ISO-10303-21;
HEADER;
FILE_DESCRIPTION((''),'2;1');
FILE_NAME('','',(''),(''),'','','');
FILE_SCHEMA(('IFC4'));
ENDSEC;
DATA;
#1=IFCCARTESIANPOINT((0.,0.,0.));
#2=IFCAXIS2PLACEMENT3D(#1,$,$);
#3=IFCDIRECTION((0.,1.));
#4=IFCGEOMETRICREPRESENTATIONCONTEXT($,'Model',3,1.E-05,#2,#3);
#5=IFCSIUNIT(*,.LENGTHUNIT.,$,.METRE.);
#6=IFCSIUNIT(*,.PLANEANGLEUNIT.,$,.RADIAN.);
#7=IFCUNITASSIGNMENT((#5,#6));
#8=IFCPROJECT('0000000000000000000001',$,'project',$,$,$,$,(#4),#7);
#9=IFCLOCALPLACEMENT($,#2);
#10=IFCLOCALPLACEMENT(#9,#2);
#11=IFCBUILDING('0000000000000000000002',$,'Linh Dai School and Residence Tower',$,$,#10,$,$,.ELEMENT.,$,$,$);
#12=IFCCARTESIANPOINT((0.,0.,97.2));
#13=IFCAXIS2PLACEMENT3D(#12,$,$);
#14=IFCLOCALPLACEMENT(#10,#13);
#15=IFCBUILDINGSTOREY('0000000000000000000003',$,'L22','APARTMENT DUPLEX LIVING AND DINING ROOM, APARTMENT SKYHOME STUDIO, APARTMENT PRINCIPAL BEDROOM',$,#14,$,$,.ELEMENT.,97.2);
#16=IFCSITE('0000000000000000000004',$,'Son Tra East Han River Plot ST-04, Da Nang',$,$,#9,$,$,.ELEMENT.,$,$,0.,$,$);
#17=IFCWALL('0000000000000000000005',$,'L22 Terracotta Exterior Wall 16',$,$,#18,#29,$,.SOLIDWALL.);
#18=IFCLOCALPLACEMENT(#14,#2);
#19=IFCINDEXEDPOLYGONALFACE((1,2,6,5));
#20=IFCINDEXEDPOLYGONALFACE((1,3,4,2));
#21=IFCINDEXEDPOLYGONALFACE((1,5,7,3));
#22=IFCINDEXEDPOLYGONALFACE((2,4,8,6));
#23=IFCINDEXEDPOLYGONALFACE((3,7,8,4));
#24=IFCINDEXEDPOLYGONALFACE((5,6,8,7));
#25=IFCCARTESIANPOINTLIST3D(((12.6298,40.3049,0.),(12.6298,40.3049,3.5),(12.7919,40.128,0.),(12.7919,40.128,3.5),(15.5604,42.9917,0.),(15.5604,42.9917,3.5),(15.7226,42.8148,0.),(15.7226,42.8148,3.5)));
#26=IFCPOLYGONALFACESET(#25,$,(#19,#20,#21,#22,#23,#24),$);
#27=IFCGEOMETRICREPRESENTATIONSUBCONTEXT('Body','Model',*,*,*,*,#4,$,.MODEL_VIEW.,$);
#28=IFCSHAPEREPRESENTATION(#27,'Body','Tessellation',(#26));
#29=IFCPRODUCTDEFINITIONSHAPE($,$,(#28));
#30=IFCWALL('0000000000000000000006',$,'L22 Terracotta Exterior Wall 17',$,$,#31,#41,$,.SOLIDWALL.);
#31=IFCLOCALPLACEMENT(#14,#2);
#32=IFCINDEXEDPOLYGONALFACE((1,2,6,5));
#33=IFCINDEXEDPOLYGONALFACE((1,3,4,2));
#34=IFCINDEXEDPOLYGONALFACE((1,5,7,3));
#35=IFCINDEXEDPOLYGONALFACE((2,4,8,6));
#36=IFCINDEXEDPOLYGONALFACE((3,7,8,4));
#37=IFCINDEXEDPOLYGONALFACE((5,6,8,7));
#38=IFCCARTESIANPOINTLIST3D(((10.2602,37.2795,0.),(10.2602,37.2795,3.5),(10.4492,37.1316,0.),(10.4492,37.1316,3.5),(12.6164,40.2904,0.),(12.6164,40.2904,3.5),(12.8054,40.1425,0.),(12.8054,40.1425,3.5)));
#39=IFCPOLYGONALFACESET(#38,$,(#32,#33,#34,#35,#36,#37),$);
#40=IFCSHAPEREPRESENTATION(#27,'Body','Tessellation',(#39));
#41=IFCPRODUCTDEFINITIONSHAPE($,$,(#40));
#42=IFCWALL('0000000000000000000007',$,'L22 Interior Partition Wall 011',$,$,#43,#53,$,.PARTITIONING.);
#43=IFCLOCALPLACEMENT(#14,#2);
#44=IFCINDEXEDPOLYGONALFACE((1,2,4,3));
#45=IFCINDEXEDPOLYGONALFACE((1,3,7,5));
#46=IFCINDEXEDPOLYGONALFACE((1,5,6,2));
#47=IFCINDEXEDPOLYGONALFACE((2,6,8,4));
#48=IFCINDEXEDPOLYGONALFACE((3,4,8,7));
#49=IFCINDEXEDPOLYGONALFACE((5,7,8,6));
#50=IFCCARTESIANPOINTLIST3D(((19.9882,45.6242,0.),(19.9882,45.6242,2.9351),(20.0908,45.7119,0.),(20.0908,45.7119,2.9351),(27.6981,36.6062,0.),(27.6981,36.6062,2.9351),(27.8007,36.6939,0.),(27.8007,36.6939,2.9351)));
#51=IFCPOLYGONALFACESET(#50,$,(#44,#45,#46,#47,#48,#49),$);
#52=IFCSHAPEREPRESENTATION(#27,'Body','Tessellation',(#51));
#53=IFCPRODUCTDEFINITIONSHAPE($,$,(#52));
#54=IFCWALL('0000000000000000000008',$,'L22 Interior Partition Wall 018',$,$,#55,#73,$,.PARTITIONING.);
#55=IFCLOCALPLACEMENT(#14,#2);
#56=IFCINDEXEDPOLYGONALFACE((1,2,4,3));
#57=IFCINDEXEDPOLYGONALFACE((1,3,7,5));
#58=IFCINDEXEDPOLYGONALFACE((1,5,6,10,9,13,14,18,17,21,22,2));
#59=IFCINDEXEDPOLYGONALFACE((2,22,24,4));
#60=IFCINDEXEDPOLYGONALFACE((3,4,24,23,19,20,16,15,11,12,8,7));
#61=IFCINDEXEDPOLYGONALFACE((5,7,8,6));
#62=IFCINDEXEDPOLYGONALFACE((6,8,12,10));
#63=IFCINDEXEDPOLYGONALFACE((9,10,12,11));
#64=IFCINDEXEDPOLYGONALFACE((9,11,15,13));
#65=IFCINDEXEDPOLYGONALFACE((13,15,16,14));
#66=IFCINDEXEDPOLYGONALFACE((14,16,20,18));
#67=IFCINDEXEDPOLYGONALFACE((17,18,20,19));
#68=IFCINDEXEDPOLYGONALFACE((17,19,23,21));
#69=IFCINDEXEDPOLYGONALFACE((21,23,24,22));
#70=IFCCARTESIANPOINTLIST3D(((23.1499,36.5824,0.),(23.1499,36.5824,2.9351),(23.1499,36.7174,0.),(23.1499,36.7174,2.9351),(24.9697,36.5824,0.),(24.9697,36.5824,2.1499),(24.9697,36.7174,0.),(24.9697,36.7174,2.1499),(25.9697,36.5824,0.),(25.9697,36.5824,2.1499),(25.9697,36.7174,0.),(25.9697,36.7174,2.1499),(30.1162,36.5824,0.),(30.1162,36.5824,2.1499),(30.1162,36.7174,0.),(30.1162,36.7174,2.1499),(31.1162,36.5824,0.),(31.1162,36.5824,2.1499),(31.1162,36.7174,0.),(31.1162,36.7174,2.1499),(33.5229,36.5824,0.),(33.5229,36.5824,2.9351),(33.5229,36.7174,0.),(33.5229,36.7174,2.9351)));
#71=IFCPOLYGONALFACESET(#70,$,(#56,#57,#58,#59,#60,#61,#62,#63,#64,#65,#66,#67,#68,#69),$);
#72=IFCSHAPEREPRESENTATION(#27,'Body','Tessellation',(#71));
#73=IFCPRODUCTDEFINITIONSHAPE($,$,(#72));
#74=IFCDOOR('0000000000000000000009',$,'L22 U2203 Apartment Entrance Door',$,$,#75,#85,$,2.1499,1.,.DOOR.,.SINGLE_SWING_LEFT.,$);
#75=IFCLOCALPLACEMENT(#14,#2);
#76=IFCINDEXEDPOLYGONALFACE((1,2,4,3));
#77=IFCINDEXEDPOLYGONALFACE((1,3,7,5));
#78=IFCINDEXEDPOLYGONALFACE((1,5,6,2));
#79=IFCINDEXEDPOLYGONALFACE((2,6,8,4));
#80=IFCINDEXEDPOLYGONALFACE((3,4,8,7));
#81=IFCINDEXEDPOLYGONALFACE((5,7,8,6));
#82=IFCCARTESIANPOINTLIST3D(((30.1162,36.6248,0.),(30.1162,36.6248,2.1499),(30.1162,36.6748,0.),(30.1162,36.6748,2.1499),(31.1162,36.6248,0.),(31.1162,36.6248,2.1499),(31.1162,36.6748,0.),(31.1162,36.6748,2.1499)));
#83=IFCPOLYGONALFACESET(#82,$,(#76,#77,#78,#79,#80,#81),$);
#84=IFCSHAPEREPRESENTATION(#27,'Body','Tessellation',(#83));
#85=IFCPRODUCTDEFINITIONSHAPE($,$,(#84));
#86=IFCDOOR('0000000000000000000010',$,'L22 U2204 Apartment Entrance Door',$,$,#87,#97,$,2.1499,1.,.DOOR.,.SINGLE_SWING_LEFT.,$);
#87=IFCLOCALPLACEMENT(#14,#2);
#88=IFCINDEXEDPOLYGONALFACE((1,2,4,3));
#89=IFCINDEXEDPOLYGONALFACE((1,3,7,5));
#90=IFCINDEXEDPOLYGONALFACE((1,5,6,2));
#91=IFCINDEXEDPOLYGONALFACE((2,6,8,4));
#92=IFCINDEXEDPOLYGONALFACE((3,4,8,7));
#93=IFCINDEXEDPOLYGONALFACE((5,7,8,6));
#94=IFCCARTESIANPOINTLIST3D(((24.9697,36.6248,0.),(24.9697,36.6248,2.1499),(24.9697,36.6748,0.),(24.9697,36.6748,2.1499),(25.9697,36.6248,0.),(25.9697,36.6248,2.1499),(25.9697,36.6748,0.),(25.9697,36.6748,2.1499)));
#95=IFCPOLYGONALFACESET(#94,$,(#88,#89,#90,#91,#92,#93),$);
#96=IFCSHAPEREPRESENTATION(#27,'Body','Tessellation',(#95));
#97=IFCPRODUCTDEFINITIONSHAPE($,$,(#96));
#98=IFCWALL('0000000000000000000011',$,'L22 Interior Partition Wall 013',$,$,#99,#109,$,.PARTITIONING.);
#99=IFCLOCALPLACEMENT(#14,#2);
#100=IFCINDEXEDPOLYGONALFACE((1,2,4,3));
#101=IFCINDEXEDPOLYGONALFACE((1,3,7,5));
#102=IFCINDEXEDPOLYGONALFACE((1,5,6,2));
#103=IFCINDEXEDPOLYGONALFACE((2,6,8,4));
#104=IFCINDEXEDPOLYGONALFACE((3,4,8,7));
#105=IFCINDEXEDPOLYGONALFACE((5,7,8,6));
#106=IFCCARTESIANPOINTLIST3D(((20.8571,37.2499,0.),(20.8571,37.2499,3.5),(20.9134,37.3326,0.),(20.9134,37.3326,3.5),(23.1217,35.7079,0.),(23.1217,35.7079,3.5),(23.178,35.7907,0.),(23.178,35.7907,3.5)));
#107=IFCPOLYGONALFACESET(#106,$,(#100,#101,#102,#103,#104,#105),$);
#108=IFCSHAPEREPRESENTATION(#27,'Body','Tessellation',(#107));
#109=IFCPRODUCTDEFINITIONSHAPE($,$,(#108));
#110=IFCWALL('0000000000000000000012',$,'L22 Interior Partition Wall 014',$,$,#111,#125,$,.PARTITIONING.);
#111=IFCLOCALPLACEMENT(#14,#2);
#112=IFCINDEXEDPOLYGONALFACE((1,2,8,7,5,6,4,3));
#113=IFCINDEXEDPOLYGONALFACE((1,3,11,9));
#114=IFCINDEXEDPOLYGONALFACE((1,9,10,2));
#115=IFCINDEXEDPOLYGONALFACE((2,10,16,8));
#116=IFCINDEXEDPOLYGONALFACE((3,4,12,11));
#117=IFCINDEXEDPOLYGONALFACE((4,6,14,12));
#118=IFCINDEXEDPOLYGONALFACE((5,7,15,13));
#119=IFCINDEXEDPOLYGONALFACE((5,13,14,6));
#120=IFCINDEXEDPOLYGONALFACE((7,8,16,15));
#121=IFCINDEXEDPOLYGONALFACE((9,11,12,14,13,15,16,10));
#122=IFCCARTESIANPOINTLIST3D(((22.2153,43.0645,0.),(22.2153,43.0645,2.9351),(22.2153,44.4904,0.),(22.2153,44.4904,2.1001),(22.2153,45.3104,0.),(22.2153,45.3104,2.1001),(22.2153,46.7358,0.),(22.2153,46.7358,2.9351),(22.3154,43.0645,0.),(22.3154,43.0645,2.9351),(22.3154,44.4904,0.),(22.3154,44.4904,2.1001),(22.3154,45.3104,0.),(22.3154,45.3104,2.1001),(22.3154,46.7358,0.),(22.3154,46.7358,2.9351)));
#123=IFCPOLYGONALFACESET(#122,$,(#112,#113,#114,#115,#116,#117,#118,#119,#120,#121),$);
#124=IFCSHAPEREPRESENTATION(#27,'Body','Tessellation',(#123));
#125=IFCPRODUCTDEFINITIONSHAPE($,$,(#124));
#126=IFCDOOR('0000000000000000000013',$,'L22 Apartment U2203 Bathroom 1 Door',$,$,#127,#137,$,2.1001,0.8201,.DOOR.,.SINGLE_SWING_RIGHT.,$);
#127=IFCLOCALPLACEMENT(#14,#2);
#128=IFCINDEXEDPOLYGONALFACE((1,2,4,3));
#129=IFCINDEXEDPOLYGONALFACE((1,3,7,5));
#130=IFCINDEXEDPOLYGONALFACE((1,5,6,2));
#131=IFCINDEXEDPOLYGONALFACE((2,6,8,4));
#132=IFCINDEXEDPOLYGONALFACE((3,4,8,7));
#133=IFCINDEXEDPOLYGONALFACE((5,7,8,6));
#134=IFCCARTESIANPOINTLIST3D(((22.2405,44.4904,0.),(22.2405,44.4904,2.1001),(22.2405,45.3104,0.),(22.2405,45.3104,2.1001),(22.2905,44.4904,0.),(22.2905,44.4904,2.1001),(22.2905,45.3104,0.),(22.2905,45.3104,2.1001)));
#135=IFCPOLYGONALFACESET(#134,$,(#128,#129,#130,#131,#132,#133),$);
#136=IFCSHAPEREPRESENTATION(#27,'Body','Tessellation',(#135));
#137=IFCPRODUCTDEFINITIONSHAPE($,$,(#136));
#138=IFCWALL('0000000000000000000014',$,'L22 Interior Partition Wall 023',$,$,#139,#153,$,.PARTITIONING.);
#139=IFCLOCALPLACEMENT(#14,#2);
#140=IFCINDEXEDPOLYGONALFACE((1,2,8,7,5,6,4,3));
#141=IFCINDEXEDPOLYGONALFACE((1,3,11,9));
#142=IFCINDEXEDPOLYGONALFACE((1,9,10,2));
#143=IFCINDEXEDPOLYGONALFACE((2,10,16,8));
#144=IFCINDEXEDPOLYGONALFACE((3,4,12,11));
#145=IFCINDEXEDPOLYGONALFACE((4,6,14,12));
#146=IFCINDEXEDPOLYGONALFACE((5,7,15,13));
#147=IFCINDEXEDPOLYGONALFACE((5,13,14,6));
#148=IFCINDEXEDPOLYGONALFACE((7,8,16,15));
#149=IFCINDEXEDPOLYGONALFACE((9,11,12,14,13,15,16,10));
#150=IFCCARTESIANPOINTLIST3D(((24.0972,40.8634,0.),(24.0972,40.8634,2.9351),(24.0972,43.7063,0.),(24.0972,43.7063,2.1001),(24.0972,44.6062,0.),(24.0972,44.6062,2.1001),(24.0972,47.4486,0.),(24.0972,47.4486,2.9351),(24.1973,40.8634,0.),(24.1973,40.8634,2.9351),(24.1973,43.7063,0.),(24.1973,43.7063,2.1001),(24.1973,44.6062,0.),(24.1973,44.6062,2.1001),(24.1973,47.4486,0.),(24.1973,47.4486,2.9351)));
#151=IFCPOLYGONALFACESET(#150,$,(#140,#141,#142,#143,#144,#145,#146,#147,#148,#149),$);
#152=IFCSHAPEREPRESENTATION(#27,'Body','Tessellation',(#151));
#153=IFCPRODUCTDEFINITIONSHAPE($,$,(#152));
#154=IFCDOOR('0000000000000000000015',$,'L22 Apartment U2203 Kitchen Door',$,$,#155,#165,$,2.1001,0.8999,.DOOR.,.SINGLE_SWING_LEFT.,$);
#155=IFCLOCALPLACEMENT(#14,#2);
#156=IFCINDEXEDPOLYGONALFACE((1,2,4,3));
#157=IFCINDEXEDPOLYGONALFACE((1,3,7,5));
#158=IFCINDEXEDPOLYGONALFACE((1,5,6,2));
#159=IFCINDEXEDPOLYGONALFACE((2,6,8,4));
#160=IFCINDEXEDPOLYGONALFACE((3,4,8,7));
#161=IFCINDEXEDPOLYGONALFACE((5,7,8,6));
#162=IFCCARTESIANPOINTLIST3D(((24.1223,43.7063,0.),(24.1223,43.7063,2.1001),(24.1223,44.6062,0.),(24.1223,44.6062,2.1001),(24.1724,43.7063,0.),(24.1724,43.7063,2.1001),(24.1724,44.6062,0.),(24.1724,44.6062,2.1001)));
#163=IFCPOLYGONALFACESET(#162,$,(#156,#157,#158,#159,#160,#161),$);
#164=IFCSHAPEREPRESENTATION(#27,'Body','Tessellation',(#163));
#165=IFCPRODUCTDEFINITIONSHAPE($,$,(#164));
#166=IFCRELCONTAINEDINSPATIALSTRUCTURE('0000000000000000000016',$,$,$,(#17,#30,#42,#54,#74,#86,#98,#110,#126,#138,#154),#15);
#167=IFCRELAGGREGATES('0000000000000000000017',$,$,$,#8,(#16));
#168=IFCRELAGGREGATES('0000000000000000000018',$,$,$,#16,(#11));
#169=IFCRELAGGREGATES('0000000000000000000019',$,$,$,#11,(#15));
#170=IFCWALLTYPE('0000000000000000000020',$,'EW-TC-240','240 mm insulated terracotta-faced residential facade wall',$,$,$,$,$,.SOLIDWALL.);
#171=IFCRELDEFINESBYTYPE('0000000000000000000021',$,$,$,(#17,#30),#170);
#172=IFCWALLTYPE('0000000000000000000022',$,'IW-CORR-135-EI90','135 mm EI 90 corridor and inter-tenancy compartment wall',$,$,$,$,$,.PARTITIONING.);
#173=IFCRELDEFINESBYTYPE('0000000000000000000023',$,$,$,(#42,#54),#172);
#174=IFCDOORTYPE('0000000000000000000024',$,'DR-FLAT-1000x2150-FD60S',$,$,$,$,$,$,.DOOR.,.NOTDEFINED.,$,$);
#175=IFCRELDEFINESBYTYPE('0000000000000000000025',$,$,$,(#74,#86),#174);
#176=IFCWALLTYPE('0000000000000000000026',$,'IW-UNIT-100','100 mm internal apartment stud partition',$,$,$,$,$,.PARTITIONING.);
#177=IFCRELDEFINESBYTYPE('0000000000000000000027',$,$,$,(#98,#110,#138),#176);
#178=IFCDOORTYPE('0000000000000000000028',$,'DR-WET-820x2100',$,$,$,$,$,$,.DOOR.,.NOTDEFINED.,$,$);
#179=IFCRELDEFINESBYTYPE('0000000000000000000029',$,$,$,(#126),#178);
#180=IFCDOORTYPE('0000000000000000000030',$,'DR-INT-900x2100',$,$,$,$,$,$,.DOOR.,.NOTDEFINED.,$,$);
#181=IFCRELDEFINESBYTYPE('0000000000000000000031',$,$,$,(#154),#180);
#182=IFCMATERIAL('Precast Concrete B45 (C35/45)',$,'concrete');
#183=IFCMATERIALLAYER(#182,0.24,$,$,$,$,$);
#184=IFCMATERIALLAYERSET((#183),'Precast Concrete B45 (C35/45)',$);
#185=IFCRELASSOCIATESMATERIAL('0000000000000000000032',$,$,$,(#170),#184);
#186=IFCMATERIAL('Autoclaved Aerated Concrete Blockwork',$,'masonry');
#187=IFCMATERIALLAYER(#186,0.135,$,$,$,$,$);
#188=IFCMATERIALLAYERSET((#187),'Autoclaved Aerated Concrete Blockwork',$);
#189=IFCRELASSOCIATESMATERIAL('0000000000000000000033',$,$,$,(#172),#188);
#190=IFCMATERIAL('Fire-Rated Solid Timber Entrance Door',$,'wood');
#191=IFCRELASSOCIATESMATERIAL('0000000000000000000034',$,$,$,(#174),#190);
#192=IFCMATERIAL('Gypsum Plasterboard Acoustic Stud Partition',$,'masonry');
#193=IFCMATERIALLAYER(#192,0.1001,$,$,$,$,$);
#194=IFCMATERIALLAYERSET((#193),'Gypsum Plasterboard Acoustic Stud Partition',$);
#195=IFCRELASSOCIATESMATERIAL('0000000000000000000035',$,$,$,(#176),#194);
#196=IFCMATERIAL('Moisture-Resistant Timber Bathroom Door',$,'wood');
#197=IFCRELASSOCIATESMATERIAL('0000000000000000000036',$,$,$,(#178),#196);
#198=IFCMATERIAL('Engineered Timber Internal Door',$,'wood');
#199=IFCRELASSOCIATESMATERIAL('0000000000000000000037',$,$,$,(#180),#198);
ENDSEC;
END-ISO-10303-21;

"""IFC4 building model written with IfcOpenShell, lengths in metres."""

from ifc_helpers import new_model, si_unit, direction, frame, frame_2d, origin, origin_2d, place, context, subcontext, project, spatial, rectangle, extrude, source, transform, mapped, material, layer, layer_set, type_object, element, fill, save


model = new_model("IFC4")

# Units and contexts
model_context = context("Model", 3, precision=1e-05, world=origin(), true_north=direction((0.0, 1.0)))
body_context = subcontext(model_context, "Body", "Model", "MODEL_VIEW")
ifc_project = project(units=[si_unit("LENGTHUNIT", "METRE"), si_unit("PLANEANGLEUNIT", "RADIAN")], contexts=[model_context])

# Site, building, storey
site_placement = place(None, origin())
site = spatial("IfcSite", under=ifc_project, at=site_placement, Name="Son Tra East Han River Plot ST-04, Da Nang", CompositionType="ELEMENT", RefElevation=0.0)
building_placement = place(site_placement, origin())
building = spatial("IfcBuilding", under=site, at=building_placement, Name="Linh Dai School and Residence Tower", CompositionType="ELEMENT")
storey_placement = place(building_placement, frame((0.0, 0.0, 97.2)))
storey = spatial("IfcBuildingStorey", under=building, at=storey_placement, Name="L22", Description="APARTMENT DUPLEX LIVING AND DINING ROOM, APARTMENT SKYHOME STUDIO, APARTMENT PRINCIPAL BEDROOM", CompositionType="ELEMENT", Elevation=97.2)

# Shared definitions
ifc_material_1 = material(Name="Precast Concrete B45 (C35/45)", Category="concrete")

# Shared definitions
ifc_layer_1 = layer(ifc_material_1, 0.24)
ifc_layer_set_1 = layer_set([ifc_layer_1], Name="Precast Concrete B45 (C35/45)")
wall_type_1 = type_object("IfcWallType", Name="EW-TC-240", Description="240 mm insulated terracotta-faced residential facade wall", PredefinedType="SOLIDWALL", material=ifc_layer_set_1)

# Walls
wall_1_placement = place(storey_placement, frame((12.7109, 40.2166, 0.0), z_axis=(0.0, 0.0, 1.0), x_axis=(0.737113, 0.675769, 0.0)))
element("IfcWall", 1, at=wall_1_placement, inside=storey, type_object=wall_type_1, Name="L22 Terracotta Exterior Wall 16", PredefinedType="SOLIDWALL", context=body_context, shape_type="SweptSolid", body=[
    extrude(rectangle(XDim=3.9758, YDim=0.24, at=frame_2d((1.9878, 0.0))), origin(), (0.0, 0.0, 1.0), 3.5),
])
wall_2_placement = place(storey_placement, frame((10.3547, 37.2056, 0.0), z_axis=(0.0, 0.0, 1.0), x_axis=(0.616272, 0.787533, 0.0)))
element("IfcWall", 2, at=wall_2_placement, inside=storey, type_object=wall_type_1, Name="L22 Terracotta Exterior Wall 17", PredefinedType="SOLIDWALL", context=body_context, shape_type="SweptSolid", body=[
    extrude(rectangle(XDim=3.8232, YDim=0.24, at=frame_2d((1.9116, 0.0))), origin(), (0.0, 0.0, 1.0), 3.5),
])
ifc_material_2 = material(Name="Autoclaved Aerated Concrete Blockwork", Category="masonry")
ifc_layer_2 = layer(ifc_material_2, 0.135)
ifc_layer_set_2 = layer_set([ifc_layer_2], Name="Autoclaved Aerated Concrete Blockwork")
wall_type_2 = type_object("IfcWallType", Name="IW-CORR-135-EI90", Description="135 mm EI 90 corridor and inter-tenancy compartment wall", PredefinedType="PARTITIONING", material=ifc_layer_set_2)
wall_3_placement = place(storey_placement, frame((20.0396, 45.668, 0.0), z_axis=(0.0, 0.0, 1.0), x_axis=(0.649828, -0.760081, 0.0)))
element("IfcWall", 3, at=wall_3_placement, inside=storey, type_object=wall_type_2, Name="L22 Interior Partition Wall 011", PredefinedType="PARTITIONING", context=body_context, shape_type="SweptSolid", body=[
    extrude(rectangle(XDim=11.8645, YDim=0.135, at=frame_2d((5.9321, 0.0))), origin(), (0.0, 0.0, 1.0), 2.9351),
])

# Wall, openings, doors
wall_4_placement = place(storey_placement, frame((23.1499, 36.6499, 0.0), z_axis=(0.0, 0.0, 1.0), x_axis=(1.0, 0.0, 0.0)))
wall_4 = element("IfcWall", 4, at=wall_4_placement, inside=storey, type_object=wall_type_2, Name="L22 Interior Partition Wall 018", PredefinedType="PARTITIONING", context=body_context, shape_type="SweptSolid", body=[
    extrude(rectangle(XDim=10.373, YDim=0.135, at=frame_2d((5.1865, 0.0))), origin(), (0.0, 0.0, 1.0), 2.9351),
])
opening_1_placement = place(wall_4_placement, frame((6.9663, 0.0, 0.0)))
opening_1 = element("IfcOpeningElement", 5, at=opening_1_placement, cuts=wall_4, PredefinedType="OPENING", context=body_context, shape_type="SweptSolid", body=[
    extrude(rectangle(XDim=1.0, YDim=2.1499, at=origin_2d()), frame((0.5, 0.0776, 1.075), z_axis=(0.0, -1.0, 0.0), x_axis=(1.0, 0.0, 0.0)), (0.0, 0.0, 1.0), 0.155),
])
opening_2_placement = place(wall_4_placement, frame((1.8198, 0.0, 0.0)))
opening_2 = element("IfcOpeningElement", 6, at=opening_2_placement, cuts=wall_4, PredefinedType="OPENING", context=body_context, shape_type="SweptSolid", body=[
    extrude(rectangle(XDim=1.0, YDim=2.1499, at=origin_2d()), frame((0.5, 0.0776, 1.075), z_axis=(0.0, -1.0, 0.0), x_axis=(1.0, 0.0, 0.0)), (0.0, 0.0, 1.0), 0.155),
])
ifc_material_3 = material(Name="Fire-Rated Solid Timber Entrance Door", Category="wood")
door_type_1 = type_object("IfcDoorType", Name="DR-FLAT-1000x2150-FD60S", OperationType="NOTDEFINED", PredefinedType="DOOR", material=ifc_material_3)
shared_shape_1 = source(origin(), body_context, "Body", "SweptSolid", [
    extrude(rectangle(XDim=1.0, YDim=2.1499, at=origin_2d()), frame((0.5, 0.0249, 1.075), z_axis=(0.0, -1.0, 0.0), x_axis=(1.0, 0.0, 0.0)), (0.0, 0.0, 1.0), 0.05),
])
door_1_placement = place(opening_1_placement, origin())
door_1 = element("IfcDoor", 7, at=door_1_placement, inside=storey, type_object=door_type_1, Name="L22 U2203 Apartment Entrance Door", OperationType="SINGLE_SWING_LEFT", OverallHeight=2.1499, OverallWidth=1.0, PredefinedType="DOOR", context=body_context, shape_type="MappedRepresentation", body=[
    mapped(shared_shape_1, transform((0.0, 0.0, 0.0), x_axis=(1.0, 0.0, 0.0), y_axis=(0.0, 1.0, 0.0), z_axis=(0.0, 0.0, 1.0), scale=1.0)),
])
fill(opening_1, door_1)
door_2_placement = place(opening_2_placement, origin())
door_2 = element("IfcDoor", 8, at=door_2_placement, inside=storey, type_object=door_type_1, Name="L22 U2204 Apartment Entrance Door", OperationType="SINGLE_SWING_LEFT", OverallHeight=2.1499, OverallWidth=1.0, PredefinedType="DOOR", context=body_context, shape_type="MappedRepresentation", body=[
    mapped(shared_shape_1, transform((0.0, 0.0, 0.0), x_axis=(1.0, 0.0, 0.0), y_axis=(0.0, 1.0, 0.0), z_axis=(0.0, 0.0, 1.0), scale=1.0)),
])
fill(opening_2, door_2)

# Wall
ifc_material_4 = material(Name="Gypsum Plasterboard Acoustic Stud Partition", Category="masonry")
ifc_layer_3 = layer(ifc_material_4, 0.1001)
ifc_layer_set_3 = layer_set([ifc_layer_3], Name="Gypsum Plasterboard Acoustic Stud Partition")
wall_type_3 = type_object("IfcWallType", Name="IW-UNIT-100", Description="100 mm internal apartment stud partition", PredefinedType="PARTITIONING", material=ifc_layer_set_3)
wall_5_placement = place(storey_placement, frame((20.8853, 37.2913, 0.0), z_axis=(0.0, 0.0, 1.0), x_axis=(0.826582, -0.562817, 0.0)))
element("IfcWall", 9, at=wall_5_placement, inside=storey, type_object=wall_type_3, Name="L22 Interior Partition Wall 013", PredefinedType="PARTITIONING", context=body_context, shape_type="SweptSolid", body=[
    extrude(rectangle(XDim=2.7397, YDim=0.1001, at=frame_2d((1.3699, 0.0))), origin(), (0.0, 0.0, 1.0), 3.5),
])

# Walls, openings, doors
wall_6_placement = place(storey_placement, frame((22.2654, 43.0645, 0.0), z_axis=(0.0, 0.0, 1.0), x_axis=(0.0, 1.0, 0.0)))
wall_6 = element("IfcWall", 10, at=wall_6_placement, inside=storey, type_object=wall_type_3, Name="L22 Interior Partition Wall 014", PredefinedType="PARTITIONING", context=body_context, shape_type="SweptSolid", body=[
    extrude(rectangle(XDim=3.6714, YDim=0.1001, at=frame_2d((1.8357, 0.0))), origin(), (0.0, 0.0, 1.0), 2.9351),
])
opening_3_placement = place(wall_6_placement, frame((1.4258, 0.0, 0.0)))
opening_3 = element("IfcOpeningElement", 11, at=opening_3_placement, cuts=wall_6, PredefinedType="OPENING", context=body_context, shape_type="SweptSolid", body=[
    extrude(rectangle(XDim=0.8201, YDim=2.1001, at=origin_2d()), frame((0.4102, 0.0601, 1.05), z_axis=(0.0, -1.0, 0.0), x_axis=(1.0, 0.0, 0.0)), (0.0, 0.0, 1.0), 0.1201),
])
ifc_material_5 = material(Name="Moisture-Resistant Timber Bathroom Door", Category="wood")
door_type_2 = type_object("IfcDoorType", Name="DR-WET-820x2100", OperationType="NOTDEFINED", PredefinedType="DOOR", material=ifc_material_5)
shared_shape_2 = source(origin(), body_context, "Body", "SweptSolid", [
    extrude(rectangle(XDim=0.8201, YDim=2.1001, at=origin_2d()), frame((0.4102, 0.0249, 1.05), z_axis=(0.0, -1.0, 0.0), x_axis=(1.0, 0.0, 0.0)), (0.0, 0.0, 1.0), 0.05),
])
door_3_placement = place(opening_3_placement, origin())
door_3 = element("IfcDoor", 12, at=door_3_placement, inside=storey, type_object=door_type_2, Name="L22 Apartment U2203 Bathroom 1 Door", OperationType="SINGLE_SWING_RIGHT", OverallHeight=2.1001, OverallWidth=0.8201, PredefinedType="DOOR", context=body_context, shape_type="MappedRepresentation", body=[
    mapped(shared_shape_2, transform((0.0, 0.0, 0.0), x_axis=(1.0, 0.0, 0.0), y_axis=(0.0, 1.0, 0.0), z_axis=(0.0, 0.0, 1.0), scale=1.0)),
])
fill(opening_3, door_3)
wall_7_placement = place(storey_placement, frame((24.1472, 40.8635, 0.0), z_axis=(0.0, 0.0, 1.0), x_axis=(0.0, 1.0, 0.0)))
wall_7 = element("IfcWall", 13, at=wall_7_placement, inside=storey, type_object=wall_type_3, Name="L22 Interior Partition Wall 023", PredefinedType="PARTITIONING", context=body_context, shape_type="SweptSolid", body=[
    extrude(rectangle(XDim=6.5852, YDim=0.1001, at=frame_2d((3.2925, 0.0))), origin(), (0.0, 0.0, 1.0), 2.9351),
])
opening_4_placement = place(wall_7_placement, frame((2.8428, 0.0, 0.0)))
opening_4 = element("IfcOpeningElement", 14, at=opening_4_placement, cuts=wall_7, PredefinedType="OPENING", context=body_context, shape_type="SweptSolid", body=[
    extrude(rectangle(XDim=0.8999, YDim=2.1001, at=origin_2d()), frame((0.45, 0.0601, 1.05), z_axis=(0.0, -1.0, 0.0), x_axis=(1.0, 0.0, 0.0)), (0.0, 0.0, 1.0), 0.1201),
])
ifc_material_6 = material(Name="Engineered Timber Internal Door", Category="wood")
door_type_3 = type_object("IfcDoorType", Name="DR-INT-900x2100", OperationType="NOTDEFINED", PredefinedType="DOOR", material=ifc_material_6)
shared_shape_3 = source(origin(), body_context, "Body", "SweptSolid", [
    extrude(rectangle(XDim=0.8999, YDim=2.1001, at=origin_2d()), frame((0.45, 0.0249, 1.05), z_axis=(0.0, -1.0, 0.0), x_axis=(1.0, 0.0, 0.0)), (0.0, 0.0, 1.0), 0.05),
])
door_4_placement = place(opening_4_placement, origin())
door_4 = element("IfcDoor", 15, at=door_4_placement, inside=storey, type_object=door_type_3, Name="L22 Apartment U2203 Kitchen Door", OperationType="SINGLE_SWING_LEFT", OverallHeight=2.1001, OverallWidth=0.8999, PredefinedType="DOOR", context=body_context, shape_type="MappedRepresentation", body=[
    mapped(shared_shape_3, transform((0.0, 0.0, 0.0), x_axis=(1.0, 0.0, 0.0), y_axis=(0.0, 1.0, 0.0), z_axis=(0.0, 0.0, 1.0), scale=1.0)),
])
fill(opening_4, door_4)

save(model, "model.ifc")
